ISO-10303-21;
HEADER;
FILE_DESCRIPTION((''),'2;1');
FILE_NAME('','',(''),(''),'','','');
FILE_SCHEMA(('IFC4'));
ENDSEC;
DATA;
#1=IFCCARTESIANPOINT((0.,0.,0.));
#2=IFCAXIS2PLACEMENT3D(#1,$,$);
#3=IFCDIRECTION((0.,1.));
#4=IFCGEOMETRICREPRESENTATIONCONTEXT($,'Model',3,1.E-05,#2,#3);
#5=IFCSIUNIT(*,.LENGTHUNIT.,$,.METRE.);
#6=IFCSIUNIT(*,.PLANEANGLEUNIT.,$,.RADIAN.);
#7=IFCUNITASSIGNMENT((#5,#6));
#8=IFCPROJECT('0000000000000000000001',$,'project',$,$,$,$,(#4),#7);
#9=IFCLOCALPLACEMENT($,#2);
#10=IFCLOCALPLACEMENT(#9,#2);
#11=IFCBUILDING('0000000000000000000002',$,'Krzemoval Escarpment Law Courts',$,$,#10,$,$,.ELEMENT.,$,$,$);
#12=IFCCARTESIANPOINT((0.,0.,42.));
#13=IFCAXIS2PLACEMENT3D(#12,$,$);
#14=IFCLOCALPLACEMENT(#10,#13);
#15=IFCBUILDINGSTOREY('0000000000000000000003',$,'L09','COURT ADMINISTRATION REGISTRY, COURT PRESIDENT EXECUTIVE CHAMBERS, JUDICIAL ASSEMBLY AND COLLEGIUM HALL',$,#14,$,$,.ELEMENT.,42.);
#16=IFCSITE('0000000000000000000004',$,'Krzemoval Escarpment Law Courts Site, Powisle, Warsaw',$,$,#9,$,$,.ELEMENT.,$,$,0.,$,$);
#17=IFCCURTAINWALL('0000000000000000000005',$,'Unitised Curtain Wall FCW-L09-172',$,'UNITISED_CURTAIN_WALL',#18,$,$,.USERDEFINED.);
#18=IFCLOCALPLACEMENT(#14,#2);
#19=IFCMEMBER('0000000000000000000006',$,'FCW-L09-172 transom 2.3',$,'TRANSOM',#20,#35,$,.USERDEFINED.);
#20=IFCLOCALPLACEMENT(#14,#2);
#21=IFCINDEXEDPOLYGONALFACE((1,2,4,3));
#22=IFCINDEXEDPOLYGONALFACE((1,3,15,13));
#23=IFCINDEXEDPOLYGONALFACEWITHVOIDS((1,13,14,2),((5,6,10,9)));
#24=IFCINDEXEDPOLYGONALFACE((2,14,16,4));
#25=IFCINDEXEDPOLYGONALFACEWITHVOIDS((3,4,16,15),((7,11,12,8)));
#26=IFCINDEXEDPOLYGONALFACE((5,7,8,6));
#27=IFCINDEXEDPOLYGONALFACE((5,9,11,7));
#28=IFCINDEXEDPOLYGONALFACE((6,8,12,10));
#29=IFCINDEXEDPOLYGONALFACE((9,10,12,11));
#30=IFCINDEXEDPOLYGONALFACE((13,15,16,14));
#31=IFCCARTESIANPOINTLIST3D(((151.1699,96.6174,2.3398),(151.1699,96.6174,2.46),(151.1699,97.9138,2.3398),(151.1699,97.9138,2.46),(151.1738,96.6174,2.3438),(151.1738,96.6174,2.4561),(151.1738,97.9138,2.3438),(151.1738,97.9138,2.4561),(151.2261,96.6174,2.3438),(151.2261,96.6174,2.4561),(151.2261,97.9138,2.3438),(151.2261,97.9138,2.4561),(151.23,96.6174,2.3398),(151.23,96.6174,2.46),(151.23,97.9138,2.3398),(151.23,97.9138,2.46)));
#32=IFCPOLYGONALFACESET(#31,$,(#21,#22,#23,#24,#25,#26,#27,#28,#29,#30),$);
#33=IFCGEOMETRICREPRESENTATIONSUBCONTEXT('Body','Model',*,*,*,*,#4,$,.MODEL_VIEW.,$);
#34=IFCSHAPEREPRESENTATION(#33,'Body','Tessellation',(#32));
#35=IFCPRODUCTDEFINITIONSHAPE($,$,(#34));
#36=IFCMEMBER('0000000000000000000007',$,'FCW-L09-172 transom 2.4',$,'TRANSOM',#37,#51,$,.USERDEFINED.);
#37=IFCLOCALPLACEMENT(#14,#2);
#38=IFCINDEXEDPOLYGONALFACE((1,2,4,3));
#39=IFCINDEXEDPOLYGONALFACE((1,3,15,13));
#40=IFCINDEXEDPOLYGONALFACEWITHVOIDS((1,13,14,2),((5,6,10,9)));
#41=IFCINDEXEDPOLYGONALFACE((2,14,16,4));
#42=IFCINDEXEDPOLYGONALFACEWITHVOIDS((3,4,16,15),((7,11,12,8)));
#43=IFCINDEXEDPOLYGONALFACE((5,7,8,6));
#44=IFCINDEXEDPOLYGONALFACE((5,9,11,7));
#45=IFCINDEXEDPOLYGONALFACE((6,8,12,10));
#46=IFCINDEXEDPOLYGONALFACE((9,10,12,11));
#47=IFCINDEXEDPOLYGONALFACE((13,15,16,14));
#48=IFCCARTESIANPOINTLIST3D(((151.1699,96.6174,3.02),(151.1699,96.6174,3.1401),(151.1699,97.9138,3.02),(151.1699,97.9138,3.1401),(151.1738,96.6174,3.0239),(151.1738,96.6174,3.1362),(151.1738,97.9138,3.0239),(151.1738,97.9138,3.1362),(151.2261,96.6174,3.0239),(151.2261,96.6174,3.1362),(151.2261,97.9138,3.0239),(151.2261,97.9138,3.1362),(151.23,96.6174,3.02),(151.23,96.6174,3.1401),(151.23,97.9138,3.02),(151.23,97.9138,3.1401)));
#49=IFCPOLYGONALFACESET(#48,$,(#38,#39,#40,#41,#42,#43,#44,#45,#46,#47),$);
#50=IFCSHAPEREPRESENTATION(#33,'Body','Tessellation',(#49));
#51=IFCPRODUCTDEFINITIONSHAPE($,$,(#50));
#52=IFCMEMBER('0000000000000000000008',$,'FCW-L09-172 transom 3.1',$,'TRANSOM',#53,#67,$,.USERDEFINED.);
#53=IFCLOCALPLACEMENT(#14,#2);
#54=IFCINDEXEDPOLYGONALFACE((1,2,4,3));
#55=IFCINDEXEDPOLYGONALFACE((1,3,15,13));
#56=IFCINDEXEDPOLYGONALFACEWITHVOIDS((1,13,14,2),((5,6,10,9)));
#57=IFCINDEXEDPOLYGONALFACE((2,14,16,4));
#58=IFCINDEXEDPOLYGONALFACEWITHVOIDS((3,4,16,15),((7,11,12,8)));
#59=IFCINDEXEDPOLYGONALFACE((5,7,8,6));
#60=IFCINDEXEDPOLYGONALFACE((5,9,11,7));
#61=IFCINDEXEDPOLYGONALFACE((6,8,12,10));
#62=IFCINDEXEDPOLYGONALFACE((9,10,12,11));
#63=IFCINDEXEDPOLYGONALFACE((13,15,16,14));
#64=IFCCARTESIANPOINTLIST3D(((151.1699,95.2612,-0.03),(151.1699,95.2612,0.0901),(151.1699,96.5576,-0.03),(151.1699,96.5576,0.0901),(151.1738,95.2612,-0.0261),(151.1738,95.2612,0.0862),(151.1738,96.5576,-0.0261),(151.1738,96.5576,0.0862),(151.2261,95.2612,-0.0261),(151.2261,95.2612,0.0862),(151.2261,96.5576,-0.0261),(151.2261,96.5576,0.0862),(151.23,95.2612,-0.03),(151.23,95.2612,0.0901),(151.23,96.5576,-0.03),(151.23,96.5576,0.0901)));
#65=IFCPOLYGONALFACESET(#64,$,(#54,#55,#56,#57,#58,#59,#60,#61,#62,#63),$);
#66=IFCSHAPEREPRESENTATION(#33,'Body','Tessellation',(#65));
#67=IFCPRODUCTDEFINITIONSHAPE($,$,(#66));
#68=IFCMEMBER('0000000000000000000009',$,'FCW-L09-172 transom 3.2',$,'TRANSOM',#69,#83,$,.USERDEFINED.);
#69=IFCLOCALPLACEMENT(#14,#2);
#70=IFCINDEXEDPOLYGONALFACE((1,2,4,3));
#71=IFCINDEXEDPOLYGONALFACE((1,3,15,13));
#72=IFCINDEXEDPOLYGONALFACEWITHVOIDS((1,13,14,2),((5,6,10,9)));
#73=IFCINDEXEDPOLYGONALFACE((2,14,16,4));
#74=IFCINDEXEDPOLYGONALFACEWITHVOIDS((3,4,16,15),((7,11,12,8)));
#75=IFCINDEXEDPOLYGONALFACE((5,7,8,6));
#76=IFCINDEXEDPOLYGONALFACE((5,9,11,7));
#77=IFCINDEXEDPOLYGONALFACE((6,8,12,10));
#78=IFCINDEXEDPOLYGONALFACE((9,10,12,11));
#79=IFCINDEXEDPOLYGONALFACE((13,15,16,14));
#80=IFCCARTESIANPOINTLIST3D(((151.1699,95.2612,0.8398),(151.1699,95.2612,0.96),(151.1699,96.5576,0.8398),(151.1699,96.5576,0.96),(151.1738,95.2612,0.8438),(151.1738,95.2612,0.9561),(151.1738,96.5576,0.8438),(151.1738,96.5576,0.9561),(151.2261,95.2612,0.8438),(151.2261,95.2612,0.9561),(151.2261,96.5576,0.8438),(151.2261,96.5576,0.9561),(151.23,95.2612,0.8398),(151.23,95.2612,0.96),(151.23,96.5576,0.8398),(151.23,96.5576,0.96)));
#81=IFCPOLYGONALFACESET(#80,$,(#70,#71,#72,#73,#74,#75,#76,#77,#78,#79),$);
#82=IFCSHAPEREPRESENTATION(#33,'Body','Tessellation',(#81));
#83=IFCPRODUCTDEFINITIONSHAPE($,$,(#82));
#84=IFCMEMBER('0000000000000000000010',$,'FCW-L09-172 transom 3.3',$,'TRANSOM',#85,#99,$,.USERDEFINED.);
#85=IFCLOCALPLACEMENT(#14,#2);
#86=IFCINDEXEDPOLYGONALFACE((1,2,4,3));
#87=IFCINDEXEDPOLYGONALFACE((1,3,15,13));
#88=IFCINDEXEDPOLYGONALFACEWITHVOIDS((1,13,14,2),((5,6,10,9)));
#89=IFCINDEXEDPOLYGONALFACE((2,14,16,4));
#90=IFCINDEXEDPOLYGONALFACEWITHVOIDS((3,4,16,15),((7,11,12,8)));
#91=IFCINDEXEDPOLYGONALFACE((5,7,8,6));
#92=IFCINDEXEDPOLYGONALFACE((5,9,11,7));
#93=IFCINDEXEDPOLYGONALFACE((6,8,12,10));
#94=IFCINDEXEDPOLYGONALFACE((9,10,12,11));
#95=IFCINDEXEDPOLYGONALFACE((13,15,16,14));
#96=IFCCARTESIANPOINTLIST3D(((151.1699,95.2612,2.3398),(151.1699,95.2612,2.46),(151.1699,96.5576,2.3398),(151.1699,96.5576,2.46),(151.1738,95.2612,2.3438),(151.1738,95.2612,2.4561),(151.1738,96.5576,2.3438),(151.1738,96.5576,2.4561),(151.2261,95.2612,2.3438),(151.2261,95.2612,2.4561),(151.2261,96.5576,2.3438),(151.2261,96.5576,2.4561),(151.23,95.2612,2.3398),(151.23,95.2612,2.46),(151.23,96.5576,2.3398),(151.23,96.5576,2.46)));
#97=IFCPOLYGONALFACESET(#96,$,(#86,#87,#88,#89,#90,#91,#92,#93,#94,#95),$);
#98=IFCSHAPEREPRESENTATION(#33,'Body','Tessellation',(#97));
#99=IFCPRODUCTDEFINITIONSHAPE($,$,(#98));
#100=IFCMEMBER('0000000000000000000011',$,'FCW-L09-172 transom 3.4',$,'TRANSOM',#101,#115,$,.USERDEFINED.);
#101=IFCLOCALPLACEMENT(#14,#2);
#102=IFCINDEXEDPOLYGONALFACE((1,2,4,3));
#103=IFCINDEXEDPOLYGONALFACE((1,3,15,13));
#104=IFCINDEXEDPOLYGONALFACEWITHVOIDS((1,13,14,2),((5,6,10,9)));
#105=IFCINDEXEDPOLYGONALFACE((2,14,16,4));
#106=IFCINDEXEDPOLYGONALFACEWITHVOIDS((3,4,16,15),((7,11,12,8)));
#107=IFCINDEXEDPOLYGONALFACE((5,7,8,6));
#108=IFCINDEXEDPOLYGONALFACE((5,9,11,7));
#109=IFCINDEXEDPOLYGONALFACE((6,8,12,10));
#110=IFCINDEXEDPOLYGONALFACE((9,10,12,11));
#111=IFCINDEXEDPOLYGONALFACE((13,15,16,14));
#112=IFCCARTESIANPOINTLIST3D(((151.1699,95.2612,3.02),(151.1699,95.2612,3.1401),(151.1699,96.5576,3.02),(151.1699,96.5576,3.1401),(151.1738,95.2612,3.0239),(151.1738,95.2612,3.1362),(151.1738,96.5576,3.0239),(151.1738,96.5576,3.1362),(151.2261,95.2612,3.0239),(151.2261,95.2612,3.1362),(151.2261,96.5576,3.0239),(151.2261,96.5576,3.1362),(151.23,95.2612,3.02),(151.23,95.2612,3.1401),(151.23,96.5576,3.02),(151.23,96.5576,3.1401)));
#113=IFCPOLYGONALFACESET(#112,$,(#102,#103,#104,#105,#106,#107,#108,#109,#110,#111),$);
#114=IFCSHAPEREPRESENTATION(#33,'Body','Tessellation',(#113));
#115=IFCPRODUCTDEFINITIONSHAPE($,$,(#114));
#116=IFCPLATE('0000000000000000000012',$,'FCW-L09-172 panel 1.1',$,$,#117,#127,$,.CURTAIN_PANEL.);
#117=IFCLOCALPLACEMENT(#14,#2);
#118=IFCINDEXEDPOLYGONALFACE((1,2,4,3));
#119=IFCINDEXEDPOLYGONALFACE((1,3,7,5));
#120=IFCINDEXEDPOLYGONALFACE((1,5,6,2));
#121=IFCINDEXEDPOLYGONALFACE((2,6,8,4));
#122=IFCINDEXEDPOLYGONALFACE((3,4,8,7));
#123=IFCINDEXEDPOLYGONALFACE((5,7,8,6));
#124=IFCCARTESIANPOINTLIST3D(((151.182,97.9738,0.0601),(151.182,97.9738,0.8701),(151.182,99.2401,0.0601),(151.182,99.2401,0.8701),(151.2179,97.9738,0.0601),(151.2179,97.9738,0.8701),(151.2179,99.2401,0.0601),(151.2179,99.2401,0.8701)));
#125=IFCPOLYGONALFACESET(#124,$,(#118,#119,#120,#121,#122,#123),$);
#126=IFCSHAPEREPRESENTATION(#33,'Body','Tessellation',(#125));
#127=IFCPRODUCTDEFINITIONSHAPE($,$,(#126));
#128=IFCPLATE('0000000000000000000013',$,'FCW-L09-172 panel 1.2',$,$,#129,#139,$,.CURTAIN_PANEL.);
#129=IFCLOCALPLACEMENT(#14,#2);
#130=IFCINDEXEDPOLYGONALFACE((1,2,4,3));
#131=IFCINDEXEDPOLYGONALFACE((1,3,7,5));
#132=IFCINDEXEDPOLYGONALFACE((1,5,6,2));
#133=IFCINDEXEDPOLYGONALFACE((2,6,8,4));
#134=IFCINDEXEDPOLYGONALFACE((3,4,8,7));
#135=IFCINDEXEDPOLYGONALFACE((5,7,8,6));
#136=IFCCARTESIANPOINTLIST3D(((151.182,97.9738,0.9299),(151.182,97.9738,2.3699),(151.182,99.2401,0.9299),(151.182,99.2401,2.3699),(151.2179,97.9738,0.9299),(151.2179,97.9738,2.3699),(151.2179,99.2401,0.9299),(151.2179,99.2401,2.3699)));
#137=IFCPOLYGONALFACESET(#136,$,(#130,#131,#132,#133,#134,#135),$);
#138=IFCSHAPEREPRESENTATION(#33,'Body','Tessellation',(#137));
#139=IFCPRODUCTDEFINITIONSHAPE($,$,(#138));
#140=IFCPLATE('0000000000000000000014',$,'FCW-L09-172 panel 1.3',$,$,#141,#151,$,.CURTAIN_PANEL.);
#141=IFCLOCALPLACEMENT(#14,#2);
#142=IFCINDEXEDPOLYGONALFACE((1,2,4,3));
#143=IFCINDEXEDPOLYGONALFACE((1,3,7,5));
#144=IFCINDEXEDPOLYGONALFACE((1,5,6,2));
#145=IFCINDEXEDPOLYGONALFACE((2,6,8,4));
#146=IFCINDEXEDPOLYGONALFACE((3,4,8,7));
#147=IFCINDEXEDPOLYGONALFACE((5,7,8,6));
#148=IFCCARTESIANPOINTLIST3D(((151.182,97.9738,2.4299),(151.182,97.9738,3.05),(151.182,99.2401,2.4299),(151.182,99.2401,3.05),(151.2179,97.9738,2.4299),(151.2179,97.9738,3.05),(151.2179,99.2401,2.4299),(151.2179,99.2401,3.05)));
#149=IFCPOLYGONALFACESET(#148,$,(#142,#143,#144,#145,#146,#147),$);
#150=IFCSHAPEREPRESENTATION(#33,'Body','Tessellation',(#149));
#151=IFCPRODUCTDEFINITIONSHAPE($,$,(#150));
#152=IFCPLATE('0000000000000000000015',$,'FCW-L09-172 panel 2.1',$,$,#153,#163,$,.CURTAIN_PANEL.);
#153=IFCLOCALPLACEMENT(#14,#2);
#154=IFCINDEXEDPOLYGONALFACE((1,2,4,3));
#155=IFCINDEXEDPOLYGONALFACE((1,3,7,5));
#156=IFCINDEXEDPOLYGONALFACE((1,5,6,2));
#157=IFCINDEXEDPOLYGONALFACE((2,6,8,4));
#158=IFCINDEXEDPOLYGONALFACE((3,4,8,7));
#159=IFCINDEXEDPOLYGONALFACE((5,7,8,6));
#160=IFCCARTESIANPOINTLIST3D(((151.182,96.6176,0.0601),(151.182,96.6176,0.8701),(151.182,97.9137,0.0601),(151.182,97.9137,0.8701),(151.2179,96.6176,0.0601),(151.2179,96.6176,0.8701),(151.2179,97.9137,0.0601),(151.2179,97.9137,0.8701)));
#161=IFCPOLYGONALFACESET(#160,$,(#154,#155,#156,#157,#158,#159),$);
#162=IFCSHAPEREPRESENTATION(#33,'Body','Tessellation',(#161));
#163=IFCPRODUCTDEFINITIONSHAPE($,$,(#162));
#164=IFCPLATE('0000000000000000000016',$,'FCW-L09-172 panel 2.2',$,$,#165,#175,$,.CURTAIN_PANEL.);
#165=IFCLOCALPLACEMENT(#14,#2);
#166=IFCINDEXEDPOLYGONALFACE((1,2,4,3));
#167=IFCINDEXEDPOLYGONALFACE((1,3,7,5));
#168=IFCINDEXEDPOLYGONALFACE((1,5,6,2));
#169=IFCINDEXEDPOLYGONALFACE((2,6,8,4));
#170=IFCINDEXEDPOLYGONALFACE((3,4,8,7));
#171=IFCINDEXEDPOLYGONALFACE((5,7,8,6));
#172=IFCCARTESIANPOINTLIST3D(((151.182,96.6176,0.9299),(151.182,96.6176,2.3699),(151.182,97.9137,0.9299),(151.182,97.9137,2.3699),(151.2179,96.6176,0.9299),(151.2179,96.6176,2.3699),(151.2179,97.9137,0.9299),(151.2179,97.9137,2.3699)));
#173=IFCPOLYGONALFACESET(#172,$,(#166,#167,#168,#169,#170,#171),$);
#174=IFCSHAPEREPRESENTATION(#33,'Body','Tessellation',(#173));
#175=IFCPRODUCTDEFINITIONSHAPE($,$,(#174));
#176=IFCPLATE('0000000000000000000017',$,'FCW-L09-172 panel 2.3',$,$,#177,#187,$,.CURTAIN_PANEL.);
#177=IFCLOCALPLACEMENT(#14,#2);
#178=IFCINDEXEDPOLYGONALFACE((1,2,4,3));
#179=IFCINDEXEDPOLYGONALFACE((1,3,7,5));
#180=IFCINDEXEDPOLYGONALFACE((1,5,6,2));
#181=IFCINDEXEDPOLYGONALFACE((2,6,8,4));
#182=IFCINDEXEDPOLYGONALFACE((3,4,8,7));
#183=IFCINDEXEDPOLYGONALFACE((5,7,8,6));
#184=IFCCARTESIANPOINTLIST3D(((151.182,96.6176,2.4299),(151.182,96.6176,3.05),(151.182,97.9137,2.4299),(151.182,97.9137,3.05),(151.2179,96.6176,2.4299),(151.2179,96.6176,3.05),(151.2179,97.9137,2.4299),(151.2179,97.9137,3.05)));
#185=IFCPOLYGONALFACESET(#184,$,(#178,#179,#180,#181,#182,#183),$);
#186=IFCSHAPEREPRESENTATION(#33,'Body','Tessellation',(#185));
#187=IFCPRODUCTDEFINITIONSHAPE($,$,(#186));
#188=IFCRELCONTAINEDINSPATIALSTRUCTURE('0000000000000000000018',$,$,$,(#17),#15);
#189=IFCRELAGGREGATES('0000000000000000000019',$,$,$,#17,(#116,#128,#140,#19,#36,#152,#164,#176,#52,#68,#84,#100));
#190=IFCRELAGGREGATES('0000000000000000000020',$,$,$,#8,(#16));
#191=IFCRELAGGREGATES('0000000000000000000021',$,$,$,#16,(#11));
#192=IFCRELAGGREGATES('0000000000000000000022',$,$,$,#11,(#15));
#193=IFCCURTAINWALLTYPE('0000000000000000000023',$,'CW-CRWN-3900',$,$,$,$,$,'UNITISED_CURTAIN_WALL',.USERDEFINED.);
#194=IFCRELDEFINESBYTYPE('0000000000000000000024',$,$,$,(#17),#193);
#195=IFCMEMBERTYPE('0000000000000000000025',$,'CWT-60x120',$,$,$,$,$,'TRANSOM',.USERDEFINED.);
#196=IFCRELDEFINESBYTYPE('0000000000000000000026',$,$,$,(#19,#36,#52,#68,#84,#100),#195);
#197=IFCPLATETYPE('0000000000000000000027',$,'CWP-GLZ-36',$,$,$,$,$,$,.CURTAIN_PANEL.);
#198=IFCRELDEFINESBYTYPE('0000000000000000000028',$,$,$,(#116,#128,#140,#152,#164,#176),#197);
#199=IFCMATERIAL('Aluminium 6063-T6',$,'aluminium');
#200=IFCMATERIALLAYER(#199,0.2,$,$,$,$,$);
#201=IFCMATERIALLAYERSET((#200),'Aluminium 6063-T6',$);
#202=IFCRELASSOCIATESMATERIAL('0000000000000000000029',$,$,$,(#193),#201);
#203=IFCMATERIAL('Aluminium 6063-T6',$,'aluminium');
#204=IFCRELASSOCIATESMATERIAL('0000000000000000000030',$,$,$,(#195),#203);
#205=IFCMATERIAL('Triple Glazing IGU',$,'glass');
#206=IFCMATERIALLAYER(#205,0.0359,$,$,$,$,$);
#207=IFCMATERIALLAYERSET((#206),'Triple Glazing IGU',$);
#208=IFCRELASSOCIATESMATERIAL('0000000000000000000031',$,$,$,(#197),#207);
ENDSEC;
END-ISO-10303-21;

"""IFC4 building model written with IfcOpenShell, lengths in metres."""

from ifc_helpers import new_model, si_unit, direction, frame, origin, origin_2d, place, context, subcontext, project, spatial, rectangle, hollow_rectangle, extrude, material, layer, layer_set, material_profile, profile_set, type_object, element, aggregate, save


model = new_model("IFC4")

# Units and contexts
model_context = context("Model", 3, precision=1e-05, world=origin(), true_north=direction((0.0, 1.0)))
body_context = subcontext(model_context, "Body", "Model", "MODEL_VIEW")
ifc_project = project(units=[si_unit("LENGTHUNIT", "METRE"), si_unit("PLANEANGLEUNIT", "RADIAN")], contexts=[model_context])

# Site, building, storey
site_placement = place(None, origin())
site = spatial("IfcSite", under=ifc_project, at=site_placement, Name="Krzemoval Escarpment Law Courts Site, Powisle, Warsaw", CompositionType="ELEMENT", RefElevation=0.0)
building_placement = place(site_placement, origin())
building = spatial("IfcBuilding", under=site, at=building_placement, Name="Krzemoval Escarpment Law Courts", CompositionType="ELEMENT")
storey_placement = place(building_placement, frame((0.0, 0.0, 42.0)))
storey = spatial("IfcBuildingStorey", under=building, at=storey_placement, Name="L09", Description="COURT ADMINISTRATION REGISTRY, COURT PRESIDENT EXECUTIVE CHAMBERS, JUDICIAL ASSEMBLY AND COLLEGIUM HALL", CompositionType="ELEMENT", Elevation=42.0)

# Curtain wall, members, plates
ifc_material_1 = material(Name="Aluminium 6063-T6", Category="aluminium")
ifc_layer_1 = layer(ifc_material_1, 0.2)
ifc_layer_set_1 = layer_set([ifc_layer_1], Name="Aluminium 6063-T6")
curtain_wall_type = type_object("IfcCurtainWallType", Name="CW-CRWN-3900", ElementType="UNITISED_CURTAIN_WALL", PredefinedType="USERDEFINED", material=ifc_layer_set_1)
curtain_wall_placement = place(storey_placement, origin())
curtain_wall = element("IfcCurtainWall", 1, at=curtain_wall_placement, inside=storey, type_object=curtain_wall_type, Name="Unitised Curtain Wall FCW-L09-172", ObjectType="UNITISED_CURTAIN_WALL", PredefinedType="USERDEFINED")
ifc_material_2 = material(Name="Aluminium 6063-T6", Category="aluminium")
ifc_material_profile_1 = material_profile(ifc_material_2, hollow_rectangle(XDim=0.0601, YDim=0.1201, WallThickness=0.0039, at=origin_2d()), Name="ALU T60x120")
ifc_profile_set_1 = profile_set([ifc_material_profile_1], Name="Aluminium 6063-T6")
member_type_1 = type_object("IfcMemberType", Name="CWT-60x120", ElementType="TRANSOM", PredefinedType="USERDEFINED", material=ifc_profile_set_1)
member_1_placement = place(storey_placement, frame((151.2, 97.9138, 2.3999), z_axis=(0.0, -1.0, 0.0), x_axis=(1.0, 0.0, 0.0)))
member_1 = element("IfcMember", 2, at=member_1_placement, type_object=member_type_1, Name="FCW-L09-172 transom 2.3", ObjectType="TRANSOM", PredefinedType="USERDEFINED", context=body_context, shape_type="SweptSolid", body=[
    extrude(hollow_rectangle(XDim=0.0601, YDim=0.1201, WallThickness=0.0039, at=origin_2d()), origin(), (0.0, 0.0, 1.0), 1.2964),
])
member_2_placement = place(storey_placement, frame((151.2, 97.9138, 3.0801), z_axis=(0.0, -1.0, 0.0), x_axis=(1.0, 0.0, 0.0)))
member_2 = element("IfcMember", 3, at=member_2_placement, type_object=member_type_1, Name="FCW-L09-172 transom 2.4", ObjectType="TRANSOM", PredefinedType="USERDEFINED", context=body_context, shape_type="SweptSolid", body=[
    extrude(hollow_rectangle(XDim=0.0601, YDim=0.1201, WallThickness=0.0039, at=origin_2d()), origin(), (0.0, 0.0, 1.0), 1.2964),
])
member_3_placement = place(storey_placement, frame((151.2, 96.5576, 0.03), z_axis=(0.0, -1.0, 0.0), x_axis=(1.0, 0.0, 0.0)))
member_3 = element("IfcMember", 4, at=member_3_placement, type_object=member_type_1, Name="FCW-L09-172 transom 3.1", ObjectType="TRANSOM", PredefinedType="USERDEFINED", context=body_context, shape_type="SweptSolid", body=[
    extrude(hollow_rectangle(XDim=0.0601, YDim=0.1201, WallThickness=0.0039, at=origin_2d()), origin(), (0.0, 0.0, 1.0), 1.2964),
])
member_4_placement = place(storey_placement, frame((151.2, 96.5576, 0.8999), z_axis=(0.0, -1.0, 0.0), x_axis=(1.0, 0.0, 0.0)))
member_4 = element("IfcMember", 5, at=member_4_placement, type_object=member_type_1, Name="FCW-L09-172 transom 3.2", ObjectType="TRANSOM", PredefinedType="USERDEFINED", context=body_context, shape_type="SweptSolid", body=[
    extrude(hollow_rectangle(XDim=0.0601, YDim=0.1201, WallThickness=0.0039, at=origin_2d()), origin(), (0.0, 0.0, 1.0), 1.2964),
])
member_5_placement = place(storey_placement, frame((151.2, 96.5576, 2.3999), z_axis=(0.0, -1.0, 0.0), x_axis=(1.0, 0.0, 0.0)))
member_5 = element("IfcMember", 6, at=member_5_placement, type_object=member_type_1, Name="FCW-L09-172 transom 3.3", ObjectType="TRANSOM", PredefinedType="USERDEFINED", context=body_context, shape_type="SweptSolid", body=[
    extrude(hollow_rectangle(XDim=0.0601, YDim=0.1201, WallThickness=0.0039, at=origin_2d()), origin(), (0.0, 0.0, 1.0), 1.2964),
])
member_6_placement = place(storey_placement, frame((151.2, 96.5576, 3.0801), z_axis=(0.0, -1.0, 0.0), x_axis=(1.0, 0.0, 0.0)))
member_6 = element("IfcMember", 7, at=member_6_placement, type_object=member_type_1, Name="FCW-L09-172 transom 3.4", ObjectType="TRANSOM", PredefinedType="USERDEFINED", context=body_context, shape_type="SweptSolid", body=[
    extrude(hollow_rectangle(XDim=0.0601, YDim=0.1201, WallThickness=0.0039, at=origin_2d()), origin(), (0.0, 0.0, 1.0), 1.2964),
])
ifc_material_3 = material(Name="Triple Glazing IGU", Category="glass")
ifc_layer_2 = layer(ifc_material_3, 0.0359)
ifc_layer_set_2 = layer_set([ifc_layer_2], Name="Triple Glazing IGU")
plate_type = type_object("IfcPlateType", Name="CWP-GLZ-36", PredefinedType="CURTAIN_PANEL", material=ifc_layer_set_2)
plate_1_placement = place(storey_placement, frame((151.2, 98.6069, 0.0601), z_axis=(0.0, 0.0, 1.0), x_axis=(0.0, -1.0, 0.0)))
plate_1 = element("IfcPlate", 8, at=plate_1_placement, type_object=plate_type, Name="FCW-L09-172 panel 1.1", PredefinedType="CURTAIN_PANEL", context=body_context, shape_type="SweptSolid", body=[
    extrude(rectangle(XDim=1.2664, YDim=0.0359, at=origin_2d()), origin(), (0.0, 0.0, 1.0), 0.8101),
])
plate_2_placement = place(storey_placement, frame((151.2, 98.6069, 0.9299), z_axis=(0.0, 0.0, 1.0), x_axis=(0.0, -1.0, 0.0)))
plate_2 = element("IfcPlate", 9, at=plate_2_placement, type_object=plate_type, Name="FCW-L09-172 panel 1.2", PredefinedType="CURTAIN_PANEL", context=body_context, shape_type="SweptSolid", body=[
    extrude(rectangle(XDim=1.2664, YDim=0.0359, at=origin_2d()), origin(), (0.0, 0.0, 1.0), 1.4399),
])
plate_3_placement = place(storey_placement, frame((151.2, 98.6069, 2.4299), z_axis=(0.0, 0.0, 1.0), x_axis=(0.0, -1.0, 0.0)))
plate_3 = element("IfcPlate", 10, at=plate_3_placement, type_object=plate_type, Name="FCW-L09-172 panel 1.3", PredefinedType="CURTAIN_PANEL", context=body_context, shape_type="SweptSolid", body=[
    extrude(rectangle(XDim=1.2664, YDim=0.0359, at=origin_2d()), origin(), (0.0, 0.0, 1.0), 0.6201),
])
plate_4_placement = place(storey_placement, frame((151.2, 97.2656, 0.0601), z_axis=(0.0, 0.0, 1.0), x_axis=(0.0, -1.0, 0.0)))
plate_4 = element("IfcPlate", 11, at=plate_4_placement, type_object=plate_type, Name="FCW-L09-172 panel 2.1", PredefinedType="CURTAIN_PANEL", context=body_context, shape_type="SweptSolid", body=[
    extrude(rectangle(XDim=1.2961, YDim=0.0359, at=origin_2d()), origin(), (0.0, 0.0, 1.0), 0.8101),
])
plate_5_placement = place(storey_placement, frame((151.2, 97.2656, 0.9299), z_axis=(0.0, 0.0, 1.0), x_axis=(0.0, -1.0, 0.0)))
plate_5 = element("IfcPlate", 12, at=plate_5_placement, type_object=plate_type, Name="FCW-L09-172 panel 2.2", PredefinedType="CURTAIN_PANEL", context=body_context, shape_type="SweptSolid", body=[
    extrude(rectangle(XDim=1.2961, YDim=0.0359, at=origin_2d()), origin(), (0.0, 0.0, 1.0), 1.4399),
])
plate_6_placement = place(storey_placement, frame((151.2, 97.2656, 2.4299), z_axis=(0.0, 0.0, 1.0), x_axis=(0.0, -1.0, 0.0)))
plate_6 = element("IfcPlate", 13, at=plate_6_placement, type_object=plate_type, Name="FCW-L09-172 panel 2.3", PredefinedType="CURTAIN_PANEL", context=body_context, shape_type="SweptSolid", body=[
    extrude(rectangle(XDim=1.2961, YDim=0.0359, at=origin_2d()), origin(), (0.0, 0.0, 1.0), 0.6201),
])
aggregate(curtain_wall, [plate_1, plate_2, plate_3, member_1, member_2, plate_4, plate_5, plate_6, member_3, member_4, member_5, member_6])

save(model, "model.ifc")
